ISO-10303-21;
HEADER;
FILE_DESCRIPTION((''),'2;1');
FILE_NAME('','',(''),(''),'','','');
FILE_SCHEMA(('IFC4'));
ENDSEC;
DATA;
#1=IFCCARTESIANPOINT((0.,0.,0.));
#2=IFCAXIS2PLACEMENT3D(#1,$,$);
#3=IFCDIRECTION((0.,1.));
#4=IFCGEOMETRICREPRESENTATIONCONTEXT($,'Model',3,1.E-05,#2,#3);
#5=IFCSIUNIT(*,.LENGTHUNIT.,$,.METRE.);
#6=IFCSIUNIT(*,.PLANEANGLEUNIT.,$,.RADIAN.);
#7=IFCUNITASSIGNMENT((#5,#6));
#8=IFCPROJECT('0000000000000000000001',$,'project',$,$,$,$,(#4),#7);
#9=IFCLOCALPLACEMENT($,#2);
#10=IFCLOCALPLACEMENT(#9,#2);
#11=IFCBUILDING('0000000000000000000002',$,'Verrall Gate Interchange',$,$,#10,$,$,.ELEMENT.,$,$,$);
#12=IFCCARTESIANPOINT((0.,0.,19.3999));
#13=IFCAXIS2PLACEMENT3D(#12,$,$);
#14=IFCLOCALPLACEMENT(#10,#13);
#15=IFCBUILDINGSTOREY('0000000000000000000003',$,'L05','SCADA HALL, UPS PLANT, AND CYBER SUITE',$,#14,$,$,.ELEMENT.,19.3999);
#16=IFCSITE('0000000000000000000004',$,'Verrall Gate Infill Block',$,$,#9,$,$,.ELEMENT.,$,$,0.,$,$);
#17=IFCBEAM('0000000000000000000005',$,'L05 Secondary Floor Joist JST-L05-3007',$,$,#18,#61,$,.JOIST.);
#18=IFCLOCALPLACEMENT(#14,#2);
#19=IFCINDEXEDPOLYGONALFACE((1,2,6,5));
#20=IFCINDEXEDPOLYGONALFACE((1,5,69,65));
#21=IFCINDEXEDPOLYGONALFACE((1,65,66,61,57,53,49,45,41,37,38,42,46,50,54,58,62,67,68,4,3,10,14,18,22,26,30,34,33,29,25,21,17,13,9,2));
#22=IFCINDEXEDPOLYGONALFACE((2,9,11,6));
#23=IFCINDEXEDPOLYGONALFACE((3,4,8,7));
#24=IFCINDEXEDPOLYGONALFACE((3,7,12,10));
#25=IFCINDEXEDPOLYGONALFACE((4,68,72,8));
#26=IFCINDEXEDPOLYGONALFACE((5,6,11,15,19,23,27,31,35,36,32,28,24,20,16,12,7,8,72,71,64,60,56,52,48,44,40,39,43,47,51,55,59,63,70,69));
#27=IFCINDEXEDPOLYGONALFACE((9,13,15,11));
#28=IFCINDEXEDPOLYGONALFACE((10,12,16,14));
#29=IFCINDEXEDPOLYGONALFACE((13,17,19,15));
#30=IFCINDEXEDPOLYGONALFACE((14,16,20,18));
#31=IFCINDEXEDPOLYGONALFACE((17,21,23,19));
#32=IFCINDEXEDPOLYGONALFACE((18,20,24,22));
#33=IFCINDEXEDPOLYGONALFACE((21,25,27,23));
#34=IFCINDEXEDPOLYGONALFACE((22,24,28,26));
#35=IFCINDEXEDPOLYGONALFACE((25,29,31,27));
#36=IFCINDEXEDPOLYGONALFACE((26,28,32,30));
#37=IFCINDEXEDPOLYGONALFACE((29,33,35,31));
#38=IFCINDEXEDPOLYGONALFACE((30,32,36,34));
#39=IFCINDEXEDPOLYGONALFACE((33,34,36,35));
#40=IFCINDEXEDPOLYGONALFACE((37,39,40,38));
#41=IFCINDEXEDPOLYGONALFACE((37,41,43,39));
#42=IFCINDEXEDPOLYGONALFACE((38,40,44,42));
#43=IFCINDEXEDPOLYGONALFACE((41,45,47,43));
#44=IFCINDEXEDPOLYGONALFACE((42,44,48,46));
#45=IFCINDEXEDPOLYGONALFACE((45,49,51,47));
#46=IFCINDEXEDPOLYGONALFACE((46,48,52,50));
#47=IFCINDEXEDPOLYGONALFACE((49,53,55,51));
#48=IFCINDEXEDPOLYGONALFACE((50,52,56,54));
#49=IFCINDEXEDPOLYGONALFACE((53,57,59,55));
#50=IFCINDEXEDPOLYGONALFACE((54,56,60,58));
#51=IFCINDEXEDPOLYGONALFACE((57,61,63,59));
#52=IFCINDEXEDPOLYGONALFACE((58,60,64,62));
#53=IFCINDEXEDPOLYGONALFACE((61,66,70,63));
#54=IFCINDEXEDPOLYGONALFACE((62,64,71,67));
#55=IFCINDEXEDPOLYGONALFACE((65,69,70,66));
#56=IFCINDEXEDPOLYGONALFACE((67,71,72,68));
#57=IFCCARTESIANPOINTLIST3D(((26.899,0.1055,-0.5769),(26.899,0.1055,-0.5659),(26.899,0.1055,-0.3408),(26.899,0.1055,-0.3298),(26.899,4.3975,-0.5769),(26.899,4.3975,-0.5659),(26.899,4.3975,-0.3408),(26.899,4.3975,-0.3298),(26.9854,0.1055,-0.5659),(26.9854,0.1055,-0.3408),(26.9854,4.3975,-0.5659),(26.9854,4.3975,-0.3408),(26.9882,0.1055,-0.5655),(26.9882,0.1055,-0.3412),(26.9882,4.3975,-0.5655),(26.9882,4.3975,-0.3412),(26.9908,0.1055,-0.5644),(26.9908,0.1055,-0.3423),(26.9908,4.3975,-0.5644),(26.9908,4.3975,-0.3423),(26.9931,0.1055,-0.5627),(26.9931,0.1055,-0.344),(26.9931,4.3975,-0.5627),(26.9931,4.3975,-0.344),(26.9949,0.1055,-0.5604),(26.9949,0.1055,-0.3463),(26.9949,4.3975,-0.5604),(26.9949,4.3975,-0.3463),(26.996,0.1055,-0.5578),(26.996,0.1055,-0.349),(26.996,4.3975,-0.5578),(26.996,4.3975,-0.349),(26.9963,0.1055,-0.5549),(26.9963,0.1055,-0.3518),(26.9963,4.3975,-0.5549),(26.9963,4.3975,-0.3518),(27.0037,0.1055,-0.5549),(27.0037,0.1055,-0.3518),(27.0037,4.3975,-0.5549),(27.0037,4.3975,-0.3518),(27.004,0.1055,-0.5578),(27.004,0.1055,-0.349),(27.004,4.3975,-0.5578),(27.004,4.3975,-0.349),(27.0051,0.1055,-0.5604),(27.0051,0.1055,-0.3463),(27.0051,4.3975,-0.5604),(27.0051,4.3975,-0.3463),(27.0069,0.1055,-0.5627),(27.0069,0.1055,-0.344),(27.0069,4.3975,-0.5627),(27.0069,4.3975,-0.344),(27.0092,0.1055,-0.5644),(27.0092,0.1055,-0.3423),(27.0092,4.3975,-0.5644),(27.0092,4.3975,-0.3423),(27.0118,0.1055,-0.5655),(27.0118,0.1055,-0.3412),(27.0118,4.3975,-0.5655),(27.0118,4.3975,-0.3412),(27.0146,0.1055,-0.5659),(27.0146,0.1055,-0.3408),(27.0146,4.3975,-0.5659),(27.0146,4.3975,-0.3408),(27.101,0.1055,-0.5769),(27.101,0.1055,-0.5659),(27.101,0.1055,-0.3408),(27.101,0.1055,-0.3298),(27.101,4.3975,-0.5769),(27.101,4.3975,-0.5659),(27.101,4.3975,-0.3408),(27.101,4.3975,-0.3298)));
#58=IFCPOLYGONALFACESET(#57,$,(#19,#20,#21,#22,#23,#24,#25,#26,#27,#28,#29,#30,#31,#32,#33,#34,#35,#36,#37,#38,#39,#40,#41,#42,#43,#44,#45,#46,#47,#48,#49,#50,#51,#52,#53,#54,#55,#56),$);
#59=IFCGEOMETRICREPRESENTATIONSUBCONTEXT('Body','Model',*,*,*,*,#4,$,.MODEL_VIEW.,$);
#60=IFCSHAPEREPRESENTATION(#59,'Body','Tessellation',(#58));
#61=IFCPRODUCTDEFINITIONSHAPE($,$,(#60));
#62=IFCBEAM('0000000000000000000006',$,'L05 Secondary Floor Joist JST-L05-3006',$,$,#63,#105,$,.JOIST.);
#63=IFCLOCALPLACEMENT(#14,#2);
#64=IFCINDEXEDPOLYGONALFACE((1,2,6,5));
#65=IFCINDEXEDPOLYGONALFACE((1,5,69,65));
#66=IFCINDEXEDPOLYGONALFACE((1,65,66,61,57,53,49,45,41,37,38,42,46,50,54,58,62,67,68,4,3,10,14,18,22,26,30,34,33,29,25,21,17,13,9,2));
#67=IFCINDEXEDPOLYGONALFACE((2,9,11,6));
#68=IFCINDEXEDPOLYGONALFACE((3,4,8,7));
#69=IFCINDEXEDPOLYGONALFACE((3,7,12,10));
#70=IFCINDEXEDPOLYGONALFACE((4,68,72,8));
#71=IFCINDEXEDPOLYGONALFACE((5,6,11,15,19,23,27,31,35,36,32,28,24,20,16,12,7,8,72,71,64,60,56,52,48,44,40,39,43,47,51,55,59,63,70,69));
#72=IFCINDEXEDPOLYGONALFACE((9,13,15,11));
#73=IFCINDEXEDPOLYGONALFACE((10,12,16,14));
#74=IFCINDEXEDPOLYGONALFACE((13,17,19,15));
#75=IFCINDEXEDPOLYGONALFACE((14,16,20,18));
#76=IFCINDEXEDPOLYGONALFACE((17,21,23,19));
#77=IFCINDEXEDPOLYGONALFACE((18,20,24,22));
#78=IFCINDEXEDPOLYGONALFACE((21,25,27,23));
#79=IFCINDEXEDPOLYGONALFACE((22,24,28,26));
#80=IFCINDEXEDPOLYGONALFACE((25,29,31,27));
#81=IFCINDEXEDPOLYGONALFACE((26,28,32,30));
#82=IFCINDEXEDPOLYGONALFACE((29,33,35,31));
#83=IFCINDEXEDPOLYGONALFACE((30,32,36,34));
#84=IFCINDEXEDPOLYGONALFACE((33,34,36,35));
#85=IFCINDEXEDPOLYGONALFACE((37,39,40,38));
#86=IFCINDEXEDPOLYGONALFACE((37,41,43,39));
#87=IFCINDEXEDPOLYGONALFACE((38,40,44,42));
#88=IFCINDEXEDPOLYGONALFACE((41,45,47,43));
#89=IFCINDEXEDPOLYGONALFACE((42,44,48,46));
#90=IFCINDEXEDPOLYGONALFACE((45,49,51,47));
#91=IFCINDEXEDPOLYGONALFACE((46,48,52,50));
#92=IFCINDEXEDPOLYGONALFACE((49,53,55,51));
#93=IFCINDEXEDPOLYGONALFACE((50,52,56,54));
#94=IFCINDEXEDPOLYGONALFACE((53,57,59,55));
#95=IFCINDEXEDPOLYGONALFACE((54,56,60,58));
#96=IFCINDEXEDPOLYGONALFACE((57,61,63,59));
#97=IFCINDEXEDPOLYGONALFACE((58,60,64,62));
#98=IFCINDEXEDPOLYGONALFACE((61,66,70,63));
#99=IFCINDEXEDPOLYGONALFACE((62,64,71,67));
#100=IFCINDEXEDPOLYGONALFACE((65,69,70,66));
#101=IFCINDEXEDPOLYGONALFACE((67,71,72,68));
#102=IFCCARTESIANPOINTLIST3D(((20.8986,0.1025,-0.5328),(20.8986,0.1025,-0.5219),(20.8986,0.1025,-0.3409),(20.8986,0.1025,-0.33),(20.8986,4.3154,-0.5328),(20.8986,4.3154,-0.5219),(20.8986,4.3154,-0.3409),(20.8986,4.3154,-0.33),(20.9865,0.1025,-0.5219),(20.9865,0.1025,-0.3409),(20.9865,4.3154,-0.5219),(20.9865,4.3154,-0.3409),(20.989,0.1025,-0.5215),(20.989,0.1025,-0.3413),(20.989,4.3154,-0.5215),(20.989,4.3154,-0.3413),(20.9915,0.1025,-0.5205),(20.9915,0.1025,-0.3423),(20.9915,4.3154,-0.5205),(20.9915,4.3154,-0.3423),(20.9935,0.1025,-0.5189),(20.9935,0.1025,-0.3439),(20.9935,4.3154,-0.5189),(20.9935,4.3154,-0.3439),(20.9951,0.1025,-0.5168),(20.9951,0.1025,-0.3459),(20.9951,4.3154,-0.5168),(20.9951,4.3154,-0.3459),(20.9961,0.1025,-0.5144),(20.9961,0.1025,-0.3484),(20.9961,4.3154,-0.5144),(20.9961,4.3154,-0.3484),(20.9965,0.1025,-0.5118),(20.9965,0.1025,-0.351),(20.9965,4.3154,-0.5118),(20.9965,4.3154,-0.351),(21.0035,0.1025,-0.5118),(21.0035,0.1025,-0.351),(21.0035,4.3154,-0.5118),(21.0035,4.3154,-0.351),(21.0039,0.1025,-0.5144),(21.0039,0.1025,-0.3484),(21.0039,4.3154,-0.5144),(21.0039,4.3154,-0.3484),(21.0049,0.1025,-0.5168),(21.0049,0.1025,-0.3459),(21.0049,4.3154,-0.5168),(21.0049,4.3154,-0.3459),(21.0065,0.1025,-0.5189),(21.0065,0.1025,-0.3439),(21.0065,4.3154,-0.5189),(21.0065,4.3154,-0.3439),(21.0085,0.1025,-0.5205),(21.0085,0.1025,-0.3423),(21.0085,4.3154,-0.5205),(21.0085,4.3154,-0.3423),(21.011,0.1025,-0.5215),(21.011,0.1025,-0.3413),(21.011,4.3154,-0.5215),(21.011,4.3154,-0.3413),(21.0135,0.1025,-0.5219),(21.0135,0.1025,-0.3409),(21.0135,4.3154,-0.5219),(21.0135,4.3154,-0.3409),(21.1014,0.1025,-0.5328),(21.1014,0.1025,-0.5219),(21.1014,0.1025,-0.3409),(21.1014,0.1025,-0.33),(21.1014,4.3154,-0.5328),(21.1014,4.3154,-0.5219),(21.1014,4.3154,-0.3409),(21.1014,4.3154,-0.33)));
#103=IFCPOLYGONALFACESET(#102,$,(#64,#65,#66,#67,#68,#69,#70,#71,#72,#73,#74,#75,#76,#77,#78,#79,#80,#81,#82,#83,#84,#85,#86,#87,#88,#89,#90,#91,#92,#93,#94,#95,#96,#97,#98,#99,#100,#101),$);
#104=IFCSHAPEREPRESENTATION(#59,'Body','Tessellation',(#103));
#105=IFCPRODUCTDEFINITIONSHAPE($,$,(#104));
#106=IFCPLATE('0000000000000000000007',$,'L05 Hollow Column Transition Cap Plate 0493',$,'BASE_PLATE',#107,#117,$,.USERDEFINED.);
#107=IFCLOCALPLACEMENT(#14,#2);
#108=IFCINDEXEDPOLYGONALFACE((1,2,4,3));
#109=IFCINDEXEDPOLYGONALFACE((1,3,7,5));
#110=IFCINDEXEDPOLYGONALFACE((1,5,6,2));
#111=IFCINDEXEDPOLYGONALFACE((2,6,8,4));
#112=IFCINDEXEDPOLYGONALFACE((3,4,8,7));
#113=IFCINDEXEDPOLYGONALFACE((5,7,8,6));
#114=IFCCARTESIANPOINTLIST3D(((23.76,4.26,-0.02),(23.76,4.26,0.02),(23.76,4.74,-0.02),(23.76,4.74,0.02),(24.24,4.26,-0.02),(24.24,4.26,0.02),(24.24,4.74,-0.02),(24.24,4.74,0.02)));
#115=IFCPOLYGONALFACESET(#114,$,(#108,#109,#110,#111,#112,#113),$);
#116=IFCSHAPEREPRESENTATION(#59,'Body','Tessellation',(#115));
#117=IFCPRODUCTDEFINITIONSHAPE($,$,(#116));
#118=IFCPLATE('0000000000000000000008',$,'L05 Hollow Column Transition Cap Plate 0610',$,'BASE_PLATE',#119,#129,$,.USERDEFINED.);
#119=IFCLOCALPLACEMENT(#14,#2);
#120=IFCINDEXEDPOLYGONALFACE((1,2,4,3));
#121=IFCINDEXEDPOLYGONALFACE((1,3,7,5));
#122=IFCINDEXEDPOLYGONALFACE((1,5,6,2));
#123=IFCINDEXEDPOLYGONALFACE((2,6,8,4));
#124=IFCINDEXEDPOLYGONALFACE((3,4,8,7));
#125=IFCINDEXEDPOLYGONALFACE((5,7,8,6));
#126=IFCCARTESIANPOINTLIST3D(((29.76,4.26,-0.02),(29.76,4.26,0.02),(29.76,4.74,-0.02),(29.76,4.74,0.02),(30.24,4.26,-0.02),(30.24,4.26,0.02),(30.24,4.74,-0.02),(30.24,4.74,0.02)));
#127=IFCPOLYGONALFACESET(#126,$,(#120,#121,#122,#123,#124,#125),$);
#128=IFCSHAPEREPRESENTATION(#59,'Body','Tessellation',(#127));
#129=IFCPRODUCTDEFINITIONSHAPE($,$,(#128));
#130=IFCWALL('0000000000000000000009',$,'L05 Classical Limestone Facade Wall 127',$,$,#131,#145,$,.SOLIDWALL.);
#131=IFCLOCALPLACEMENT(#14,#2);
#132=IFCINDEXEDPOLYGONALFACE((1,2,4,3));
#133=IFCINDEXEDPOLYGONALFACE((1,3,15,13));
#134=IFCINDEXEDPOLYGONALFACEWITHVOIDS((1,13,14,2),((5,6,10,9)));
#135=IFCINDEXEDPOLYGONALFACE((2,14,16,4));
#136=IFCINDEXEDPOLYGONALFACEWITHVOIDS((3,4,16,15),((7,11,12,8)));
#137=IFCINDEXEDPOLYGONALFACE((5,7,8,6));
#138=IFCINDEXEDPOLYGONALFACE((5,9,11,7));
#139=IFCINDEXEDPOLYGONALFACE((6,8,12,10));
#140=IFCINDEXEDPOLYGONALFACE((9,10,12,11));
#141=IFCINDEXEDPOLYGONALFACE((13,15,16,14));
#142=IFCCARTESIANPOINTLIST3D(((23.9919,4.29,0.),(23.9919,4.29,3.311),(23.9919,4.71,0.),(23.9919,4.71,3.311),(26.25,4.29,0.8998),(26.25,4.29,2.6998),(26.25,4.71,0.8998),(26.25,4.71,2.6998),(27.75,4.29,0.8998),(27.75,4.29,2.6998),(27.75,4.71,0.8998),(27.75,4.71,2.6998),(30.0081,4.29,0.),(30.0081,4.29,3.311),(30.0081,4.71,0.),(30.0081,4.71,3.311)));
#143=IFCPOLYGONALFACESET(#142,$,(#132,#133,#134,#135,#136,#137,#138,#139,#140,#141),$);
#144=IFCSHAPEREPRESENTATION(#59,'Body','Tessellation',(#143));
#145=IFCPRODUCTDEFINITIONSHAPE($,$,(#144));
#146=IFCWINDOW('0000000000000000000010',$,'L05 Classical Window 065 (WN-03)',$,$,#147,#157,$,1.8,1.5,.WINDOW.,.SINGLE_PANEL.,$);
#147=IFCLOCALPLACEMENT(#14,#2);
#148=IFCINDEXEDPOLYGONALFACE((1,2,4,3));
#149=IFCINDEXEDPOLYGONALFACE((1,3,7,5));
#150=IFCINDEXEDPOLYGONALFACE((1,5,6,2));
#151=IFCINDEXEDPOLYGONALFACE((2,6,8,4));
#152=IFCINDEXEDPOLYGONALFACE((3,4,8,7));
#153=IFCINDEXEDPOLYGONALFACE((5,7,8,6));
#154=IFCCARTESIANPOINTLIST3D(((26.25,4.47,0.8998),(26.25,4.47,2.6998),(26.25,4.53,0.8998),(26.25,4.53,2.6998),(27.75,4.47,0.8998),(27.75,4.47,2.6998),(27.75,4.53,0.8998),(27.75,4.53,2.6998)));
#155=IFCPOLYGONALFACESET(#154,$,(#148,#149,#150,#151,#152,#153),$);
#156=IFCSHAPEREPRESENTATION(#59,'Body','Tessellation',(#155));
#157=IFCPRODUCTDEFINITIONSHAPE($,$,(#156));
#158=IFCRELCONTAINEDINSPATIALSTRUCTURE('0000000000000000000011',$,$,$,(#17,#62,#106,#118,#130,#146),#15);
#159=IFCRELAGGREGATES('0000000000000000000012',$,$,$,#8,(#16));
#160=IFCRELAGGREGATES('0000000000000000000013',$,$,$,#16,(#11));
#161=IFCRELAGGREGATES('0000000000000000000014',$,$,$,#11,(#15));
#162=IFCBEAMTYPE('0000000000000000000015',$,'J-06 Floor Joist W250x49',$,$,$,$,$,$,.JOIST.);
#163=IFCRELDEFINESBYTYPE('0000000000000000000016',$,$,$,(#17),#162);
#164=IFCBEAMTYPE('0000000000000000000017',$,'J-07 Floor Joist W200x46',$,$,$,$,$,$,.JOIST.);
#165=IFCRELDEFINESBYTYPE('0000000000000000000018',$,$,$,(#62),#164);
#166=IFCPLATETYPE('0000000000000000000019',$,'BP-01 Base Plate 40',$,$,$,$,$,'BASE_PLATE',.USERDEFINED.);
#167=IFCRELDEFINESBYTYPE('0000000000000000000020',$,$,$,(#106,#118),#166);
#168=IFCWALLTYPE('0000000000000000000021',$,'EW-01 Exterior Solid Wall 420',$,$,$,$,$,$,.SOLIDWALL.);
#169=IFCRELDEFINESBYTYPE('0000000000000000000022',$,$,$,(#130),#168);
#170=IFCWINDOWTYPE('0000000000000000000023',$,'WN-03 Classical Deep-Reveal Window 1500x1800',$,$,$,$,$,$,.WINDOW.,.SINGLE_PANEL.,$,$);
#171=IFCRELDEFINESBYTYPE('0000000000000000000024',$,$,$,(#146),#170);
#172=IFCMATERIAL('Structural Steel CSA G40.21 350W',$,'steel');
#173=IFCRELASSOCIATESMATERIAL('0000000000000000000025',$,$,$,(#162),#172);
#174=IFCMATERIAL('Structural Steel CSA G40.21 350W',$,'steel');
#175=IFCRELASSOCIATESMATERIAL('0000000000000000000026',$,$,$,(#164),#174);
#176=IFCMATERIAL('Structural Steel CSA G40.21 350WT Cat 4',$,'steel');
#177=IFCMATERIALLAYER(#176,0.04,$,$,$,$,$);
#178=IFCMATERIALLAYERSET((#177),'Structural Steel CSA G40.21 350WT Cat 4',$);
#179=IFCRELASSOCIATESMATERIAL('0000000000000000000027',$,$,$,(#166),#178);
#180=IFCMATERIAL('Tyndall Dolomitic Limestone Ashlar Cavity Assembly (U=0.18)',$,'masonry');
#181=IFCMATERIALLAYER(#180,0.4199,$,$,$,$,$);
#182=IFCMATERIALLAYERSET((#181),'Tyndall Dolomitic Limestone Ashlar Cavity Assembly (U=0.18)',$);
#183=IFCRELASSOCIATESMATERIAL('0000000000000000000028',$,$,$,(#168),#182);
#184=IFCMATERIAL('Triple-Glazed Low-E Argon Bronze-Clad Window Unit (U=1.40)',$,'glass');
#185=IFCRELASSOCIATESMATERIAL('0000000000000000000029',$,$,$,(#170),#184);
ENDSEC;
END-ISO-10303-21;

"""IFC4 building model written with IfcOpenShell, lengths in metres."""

from ifc_helpers import new_model, si_unit, direction, frame, frame_2d, origin, origin_2d, place, context, subcontext, project, spatial, rectangle, i_section, extrude, material, layer, layer_set, material_profile, profile_set, type_object, element, fill, save


model = new_model("IFC4")

# Units and contexts
model_context = context("Model", 3, precision=1e-05, world=origin(), true_north=direction((0.0, 1.0)))
body_context = subcontext(model_context, "Body", "Model", "MODEL_VIEW")
ifc_project = project(units=[si_unit("LENGTHUNIT", "METRE"), si_unit("PLANEANGLEUNIT", "RADIAN")], contexts=[model_context])

# Site, building, storey
site_placement = place(None, origin())
site = spatial("IfcSite", under=ifc_project, at=site_placement, Name="Verrall Gate Infill Block", CompositionType="ELEMENT", RefElevation=0.0)
building_placement = place(site_placement, origin())
building = spatial("IfcBuilding", under=site, at=building_placement, Name="Verrall Gate Interchange", CompositionType="ELEMENT")
storey_placement = place(building_placement, frame((0.0, 0.0, 19.3999)))
storey = spatial("IfcBuildingStorey", under=building, at=storey_placement, Name="L05", Description="SCADA HALL, UPS PLANT, AND CYBER SUITE", CompositionType="ELEMENT", Elevation=19.3999)

# Beams
ifc_material_1 = material(Name="Structural Steel CSA G40.21 350W", Category="steel")
ifc_material_profile_1 = material_profile(ifc_material_1, i_section(OverallWidth=0.2019, OverallDepth=0.2471, WebThickness=0.0073, FlangeThickness=0.011, FilletRadius=0.011, at=origin_2d()), Name="W250x49")
ifc_profile_set_1 = profile_set([ifc_material_profile_1], Name="Structural Steel CSA G40.21 350W")
beam_type_1 = type_object("IfcBeamType", Name="J-06 Floor Joist W250x49", PredefinedType="JOIST", material=ifc_profile_set_1)
beam_1_placement = place(storey_placement, frame((27.0, 0.1055, -0.4534), z_axis=(0.0, 1.0, 0.0), x_axis=(-1.0, 0.0, 0.0)))
element("IfcBeam", 1, at=beam_1_placement, inside=storey, type_object=beam_type_1, Name="L05 Secondary Floor Joist JST-L05-3007", PredefinedType="JOIST", context=body_context, shape_type="SweptSolid", body=[
    extrude(i_section(OverallWidth=0.2019, OverallDepth=0.2471, WebThickness=0.0073, FlangeThickness=0.011, FilletRadius=0.011, at=origin_2d()), origin(), (0.0, 0.0, 1.0), 4.292),
])
ifc_material_2 = material(Name="Structural Steel CSA G40.21 350W", Category="steel")
ifc_material_profile_2 = material_profile(ifc_material_2, i_section(OverallWidth=0.2029, OverallDepth=0.2029, WebThickness=0.0071, FlangeThickness=0.011, FilletRadius=0.01, at=origin_2d()), Name="W200x46")
ifc_profile_set_2 = profile_set([ifc_material_profile_2], Name="Structural Steel CSA G40.21 350W")
beam_type_2 = type_object("IfcBeamType", Name="J-07 Floor Joist W200x46", PredefinedType="JOIST", material=ifc_profile_set_2)
beam_2_placement = place(storey_placement, frame((21.0, 0.1025, -0.4314), z_axis=(0.0, 1.0, 0.0), x_axis=(-1.0, 0.0, 0.0)))
element("IfcBeam", 2, at=beam_2_placement, inside=storey, type_object=beam_type_2, Name="L05 Secondary Floor Joist JST-L05-3006", PredefinedType="JOIST", context=body_context, shape_type="SweptSolid", body=[
    extrude(i_section(OverallWidth=0.2029, OverallDepth=0.2029, WebThickness=0.0071, FlangeThickness=0.011, FilletRadius=0.01, at=origin_2d()), origin(), (0.0, 0.0, 1.0), 4.2129),
])

# Plates
ifc_material_3 = material(Name="Structural Steel CSA G40.21 350WT Cat 4", Category="steel")
ifc_layer_1 = layer(ifc_material_3, 0.04)
ifc_layer_set_1 = layer_set([ifc_layer_1], Name="Structural Steel CSA G40.21 350WT Cat 4")
plate_type = type_object("IfcPlateType", Name="BP-01 Base Plate 40", ElementType="BASE_PLATE", PredefinedType="USERDEFINED", material=ifc_layer_set_1)
for number, where, z_axis, x_axis, name in (
    (3, (24.0, 4.5, -0.02), (0.0, 0.0, 1.0), (1.0, 0.0, 0.0), "L05 Hollow Column Transition Cap Plate 0493"),
    (4, (30.0, 4.5, -0.02), (0.0, 0.0, 1.0), (1.0, 0.0, 0.0), "L05 Hollow Column Transition Cap Plate 0610"),
):
    element("IfcPlate", number, at=place(storey_placement, frame(where, z_axis=z_axis, x_axis=x_axis)), inside=storey, type_object=plate_type, Name=name, ObjectType="BASE_PLATE", PredefinedType="USERDEFINED", context=body_context, shape_type="SweptSolid", body=[
        extrude(rectangle(XDim=0.48, YDim=0.48, at=origin_2d()), origin(), (0.0, 0.0, 1.0), 0.04),
    ])

# Wall, opening, window
ifc_material_4 = material(Name="Tyndall Dolomitic Limestone Ashlar Cavity Assembly (U=0.18)", Category="masonry")
ifc_layer_2 = layer(ifc_material_4, 0.4199)
ifc_layer_set_2 = layer_set([ifc_layer_2], Name="Tyndall Dolomitic Limestone Ashlar Cavity Assembly (U=0.18)")
wall_type_1 = type_object("IfcWallType", Name="EW-01 Exterior Solid Wall 420", PredefinedType="SOLIDWALL", material=ifc_layer_set_2)
wall_1_placement = place(storey_placement, frame((23.9919, 4.5, 0.0), z_axis=(0.0, 0.0, 1.0), x_axis=(1.0, 0.0, 0.0)))
wall_1 = element("IfcWall", 5, at=wall_1_placement, inside=storey, type_object=wall_type_1, Name="L05 Classical Limestone Facade Wall 127", PredefinedType="SOLIDWALL", context=body_context, shape_type="SweptSolid", body=[
    extrude(rectangle(XDim=6.0161, YDim=0.4199, at=frame_2d((3.0081, 0.0))), origin(), (0.0, 0.0, 1.0), 3.311),
])
opening_1_placement = place(wall_1_placement, frame((2.2581, 0.0, 0.8999)))
opening_1 = element("IfcOpeningElement", 6, at=opening_1_placement, cuts=wall_1, PredefinedType="OPENING", context=body_context, shape_type="SweptSolid", body=[
    extrude(rectangle(XDim=1.5, YDim=1.8, at=frame_2d((0.75, 0.8999))), frame((0.0, 0.2249, 0.0), z_axis=(0.0, -1.0, 0.0), x_axis=(1.0, 0.0, 0.0)), (0.0, 0.0, 1.0), 0.4497),
])
ifc_material_5 = material(Name="Triple-Glazed Low-E Argon Bronze-Clad Window Unit (U=1.40)", Category="glass")
window_type_1 = type_object("IfcWindowType", Name="WN-03 Classical Deep-Reveal Window 1500x1800", PartitioningType="SINGLE_PANEL", PredefinedType="WINDOW", material=ifc_material_5)
window_1_placement = place(opening_1_placement, origin())
window_1 = element("IfcWindow", 7, at=window_1_placement, inside=storey, type_object=window_type_1, Name="L05 Classical Window 065 (WN-03)", OverallHeight=1.8, OverallWidth=1.5, PartitioningType="SINGLE_PANEL", PredefinedType="WINDOW", context=body_context, shape_type="SweptSolid", body=[
    extrude(rectangle(XDim=1.5, YDim=1.8, at=frame_2d((0.75, 0.8999))), frame((0.0, 0.03, 0.0), z_axis=(0.0, -1.0, 0.0), x_axis=(1.0, 0.0, 0.0)), (0.0, 0.0, 1.0), 0.0601),
])
fill(opening_1, window_1)

save(model, "model.ifc")
